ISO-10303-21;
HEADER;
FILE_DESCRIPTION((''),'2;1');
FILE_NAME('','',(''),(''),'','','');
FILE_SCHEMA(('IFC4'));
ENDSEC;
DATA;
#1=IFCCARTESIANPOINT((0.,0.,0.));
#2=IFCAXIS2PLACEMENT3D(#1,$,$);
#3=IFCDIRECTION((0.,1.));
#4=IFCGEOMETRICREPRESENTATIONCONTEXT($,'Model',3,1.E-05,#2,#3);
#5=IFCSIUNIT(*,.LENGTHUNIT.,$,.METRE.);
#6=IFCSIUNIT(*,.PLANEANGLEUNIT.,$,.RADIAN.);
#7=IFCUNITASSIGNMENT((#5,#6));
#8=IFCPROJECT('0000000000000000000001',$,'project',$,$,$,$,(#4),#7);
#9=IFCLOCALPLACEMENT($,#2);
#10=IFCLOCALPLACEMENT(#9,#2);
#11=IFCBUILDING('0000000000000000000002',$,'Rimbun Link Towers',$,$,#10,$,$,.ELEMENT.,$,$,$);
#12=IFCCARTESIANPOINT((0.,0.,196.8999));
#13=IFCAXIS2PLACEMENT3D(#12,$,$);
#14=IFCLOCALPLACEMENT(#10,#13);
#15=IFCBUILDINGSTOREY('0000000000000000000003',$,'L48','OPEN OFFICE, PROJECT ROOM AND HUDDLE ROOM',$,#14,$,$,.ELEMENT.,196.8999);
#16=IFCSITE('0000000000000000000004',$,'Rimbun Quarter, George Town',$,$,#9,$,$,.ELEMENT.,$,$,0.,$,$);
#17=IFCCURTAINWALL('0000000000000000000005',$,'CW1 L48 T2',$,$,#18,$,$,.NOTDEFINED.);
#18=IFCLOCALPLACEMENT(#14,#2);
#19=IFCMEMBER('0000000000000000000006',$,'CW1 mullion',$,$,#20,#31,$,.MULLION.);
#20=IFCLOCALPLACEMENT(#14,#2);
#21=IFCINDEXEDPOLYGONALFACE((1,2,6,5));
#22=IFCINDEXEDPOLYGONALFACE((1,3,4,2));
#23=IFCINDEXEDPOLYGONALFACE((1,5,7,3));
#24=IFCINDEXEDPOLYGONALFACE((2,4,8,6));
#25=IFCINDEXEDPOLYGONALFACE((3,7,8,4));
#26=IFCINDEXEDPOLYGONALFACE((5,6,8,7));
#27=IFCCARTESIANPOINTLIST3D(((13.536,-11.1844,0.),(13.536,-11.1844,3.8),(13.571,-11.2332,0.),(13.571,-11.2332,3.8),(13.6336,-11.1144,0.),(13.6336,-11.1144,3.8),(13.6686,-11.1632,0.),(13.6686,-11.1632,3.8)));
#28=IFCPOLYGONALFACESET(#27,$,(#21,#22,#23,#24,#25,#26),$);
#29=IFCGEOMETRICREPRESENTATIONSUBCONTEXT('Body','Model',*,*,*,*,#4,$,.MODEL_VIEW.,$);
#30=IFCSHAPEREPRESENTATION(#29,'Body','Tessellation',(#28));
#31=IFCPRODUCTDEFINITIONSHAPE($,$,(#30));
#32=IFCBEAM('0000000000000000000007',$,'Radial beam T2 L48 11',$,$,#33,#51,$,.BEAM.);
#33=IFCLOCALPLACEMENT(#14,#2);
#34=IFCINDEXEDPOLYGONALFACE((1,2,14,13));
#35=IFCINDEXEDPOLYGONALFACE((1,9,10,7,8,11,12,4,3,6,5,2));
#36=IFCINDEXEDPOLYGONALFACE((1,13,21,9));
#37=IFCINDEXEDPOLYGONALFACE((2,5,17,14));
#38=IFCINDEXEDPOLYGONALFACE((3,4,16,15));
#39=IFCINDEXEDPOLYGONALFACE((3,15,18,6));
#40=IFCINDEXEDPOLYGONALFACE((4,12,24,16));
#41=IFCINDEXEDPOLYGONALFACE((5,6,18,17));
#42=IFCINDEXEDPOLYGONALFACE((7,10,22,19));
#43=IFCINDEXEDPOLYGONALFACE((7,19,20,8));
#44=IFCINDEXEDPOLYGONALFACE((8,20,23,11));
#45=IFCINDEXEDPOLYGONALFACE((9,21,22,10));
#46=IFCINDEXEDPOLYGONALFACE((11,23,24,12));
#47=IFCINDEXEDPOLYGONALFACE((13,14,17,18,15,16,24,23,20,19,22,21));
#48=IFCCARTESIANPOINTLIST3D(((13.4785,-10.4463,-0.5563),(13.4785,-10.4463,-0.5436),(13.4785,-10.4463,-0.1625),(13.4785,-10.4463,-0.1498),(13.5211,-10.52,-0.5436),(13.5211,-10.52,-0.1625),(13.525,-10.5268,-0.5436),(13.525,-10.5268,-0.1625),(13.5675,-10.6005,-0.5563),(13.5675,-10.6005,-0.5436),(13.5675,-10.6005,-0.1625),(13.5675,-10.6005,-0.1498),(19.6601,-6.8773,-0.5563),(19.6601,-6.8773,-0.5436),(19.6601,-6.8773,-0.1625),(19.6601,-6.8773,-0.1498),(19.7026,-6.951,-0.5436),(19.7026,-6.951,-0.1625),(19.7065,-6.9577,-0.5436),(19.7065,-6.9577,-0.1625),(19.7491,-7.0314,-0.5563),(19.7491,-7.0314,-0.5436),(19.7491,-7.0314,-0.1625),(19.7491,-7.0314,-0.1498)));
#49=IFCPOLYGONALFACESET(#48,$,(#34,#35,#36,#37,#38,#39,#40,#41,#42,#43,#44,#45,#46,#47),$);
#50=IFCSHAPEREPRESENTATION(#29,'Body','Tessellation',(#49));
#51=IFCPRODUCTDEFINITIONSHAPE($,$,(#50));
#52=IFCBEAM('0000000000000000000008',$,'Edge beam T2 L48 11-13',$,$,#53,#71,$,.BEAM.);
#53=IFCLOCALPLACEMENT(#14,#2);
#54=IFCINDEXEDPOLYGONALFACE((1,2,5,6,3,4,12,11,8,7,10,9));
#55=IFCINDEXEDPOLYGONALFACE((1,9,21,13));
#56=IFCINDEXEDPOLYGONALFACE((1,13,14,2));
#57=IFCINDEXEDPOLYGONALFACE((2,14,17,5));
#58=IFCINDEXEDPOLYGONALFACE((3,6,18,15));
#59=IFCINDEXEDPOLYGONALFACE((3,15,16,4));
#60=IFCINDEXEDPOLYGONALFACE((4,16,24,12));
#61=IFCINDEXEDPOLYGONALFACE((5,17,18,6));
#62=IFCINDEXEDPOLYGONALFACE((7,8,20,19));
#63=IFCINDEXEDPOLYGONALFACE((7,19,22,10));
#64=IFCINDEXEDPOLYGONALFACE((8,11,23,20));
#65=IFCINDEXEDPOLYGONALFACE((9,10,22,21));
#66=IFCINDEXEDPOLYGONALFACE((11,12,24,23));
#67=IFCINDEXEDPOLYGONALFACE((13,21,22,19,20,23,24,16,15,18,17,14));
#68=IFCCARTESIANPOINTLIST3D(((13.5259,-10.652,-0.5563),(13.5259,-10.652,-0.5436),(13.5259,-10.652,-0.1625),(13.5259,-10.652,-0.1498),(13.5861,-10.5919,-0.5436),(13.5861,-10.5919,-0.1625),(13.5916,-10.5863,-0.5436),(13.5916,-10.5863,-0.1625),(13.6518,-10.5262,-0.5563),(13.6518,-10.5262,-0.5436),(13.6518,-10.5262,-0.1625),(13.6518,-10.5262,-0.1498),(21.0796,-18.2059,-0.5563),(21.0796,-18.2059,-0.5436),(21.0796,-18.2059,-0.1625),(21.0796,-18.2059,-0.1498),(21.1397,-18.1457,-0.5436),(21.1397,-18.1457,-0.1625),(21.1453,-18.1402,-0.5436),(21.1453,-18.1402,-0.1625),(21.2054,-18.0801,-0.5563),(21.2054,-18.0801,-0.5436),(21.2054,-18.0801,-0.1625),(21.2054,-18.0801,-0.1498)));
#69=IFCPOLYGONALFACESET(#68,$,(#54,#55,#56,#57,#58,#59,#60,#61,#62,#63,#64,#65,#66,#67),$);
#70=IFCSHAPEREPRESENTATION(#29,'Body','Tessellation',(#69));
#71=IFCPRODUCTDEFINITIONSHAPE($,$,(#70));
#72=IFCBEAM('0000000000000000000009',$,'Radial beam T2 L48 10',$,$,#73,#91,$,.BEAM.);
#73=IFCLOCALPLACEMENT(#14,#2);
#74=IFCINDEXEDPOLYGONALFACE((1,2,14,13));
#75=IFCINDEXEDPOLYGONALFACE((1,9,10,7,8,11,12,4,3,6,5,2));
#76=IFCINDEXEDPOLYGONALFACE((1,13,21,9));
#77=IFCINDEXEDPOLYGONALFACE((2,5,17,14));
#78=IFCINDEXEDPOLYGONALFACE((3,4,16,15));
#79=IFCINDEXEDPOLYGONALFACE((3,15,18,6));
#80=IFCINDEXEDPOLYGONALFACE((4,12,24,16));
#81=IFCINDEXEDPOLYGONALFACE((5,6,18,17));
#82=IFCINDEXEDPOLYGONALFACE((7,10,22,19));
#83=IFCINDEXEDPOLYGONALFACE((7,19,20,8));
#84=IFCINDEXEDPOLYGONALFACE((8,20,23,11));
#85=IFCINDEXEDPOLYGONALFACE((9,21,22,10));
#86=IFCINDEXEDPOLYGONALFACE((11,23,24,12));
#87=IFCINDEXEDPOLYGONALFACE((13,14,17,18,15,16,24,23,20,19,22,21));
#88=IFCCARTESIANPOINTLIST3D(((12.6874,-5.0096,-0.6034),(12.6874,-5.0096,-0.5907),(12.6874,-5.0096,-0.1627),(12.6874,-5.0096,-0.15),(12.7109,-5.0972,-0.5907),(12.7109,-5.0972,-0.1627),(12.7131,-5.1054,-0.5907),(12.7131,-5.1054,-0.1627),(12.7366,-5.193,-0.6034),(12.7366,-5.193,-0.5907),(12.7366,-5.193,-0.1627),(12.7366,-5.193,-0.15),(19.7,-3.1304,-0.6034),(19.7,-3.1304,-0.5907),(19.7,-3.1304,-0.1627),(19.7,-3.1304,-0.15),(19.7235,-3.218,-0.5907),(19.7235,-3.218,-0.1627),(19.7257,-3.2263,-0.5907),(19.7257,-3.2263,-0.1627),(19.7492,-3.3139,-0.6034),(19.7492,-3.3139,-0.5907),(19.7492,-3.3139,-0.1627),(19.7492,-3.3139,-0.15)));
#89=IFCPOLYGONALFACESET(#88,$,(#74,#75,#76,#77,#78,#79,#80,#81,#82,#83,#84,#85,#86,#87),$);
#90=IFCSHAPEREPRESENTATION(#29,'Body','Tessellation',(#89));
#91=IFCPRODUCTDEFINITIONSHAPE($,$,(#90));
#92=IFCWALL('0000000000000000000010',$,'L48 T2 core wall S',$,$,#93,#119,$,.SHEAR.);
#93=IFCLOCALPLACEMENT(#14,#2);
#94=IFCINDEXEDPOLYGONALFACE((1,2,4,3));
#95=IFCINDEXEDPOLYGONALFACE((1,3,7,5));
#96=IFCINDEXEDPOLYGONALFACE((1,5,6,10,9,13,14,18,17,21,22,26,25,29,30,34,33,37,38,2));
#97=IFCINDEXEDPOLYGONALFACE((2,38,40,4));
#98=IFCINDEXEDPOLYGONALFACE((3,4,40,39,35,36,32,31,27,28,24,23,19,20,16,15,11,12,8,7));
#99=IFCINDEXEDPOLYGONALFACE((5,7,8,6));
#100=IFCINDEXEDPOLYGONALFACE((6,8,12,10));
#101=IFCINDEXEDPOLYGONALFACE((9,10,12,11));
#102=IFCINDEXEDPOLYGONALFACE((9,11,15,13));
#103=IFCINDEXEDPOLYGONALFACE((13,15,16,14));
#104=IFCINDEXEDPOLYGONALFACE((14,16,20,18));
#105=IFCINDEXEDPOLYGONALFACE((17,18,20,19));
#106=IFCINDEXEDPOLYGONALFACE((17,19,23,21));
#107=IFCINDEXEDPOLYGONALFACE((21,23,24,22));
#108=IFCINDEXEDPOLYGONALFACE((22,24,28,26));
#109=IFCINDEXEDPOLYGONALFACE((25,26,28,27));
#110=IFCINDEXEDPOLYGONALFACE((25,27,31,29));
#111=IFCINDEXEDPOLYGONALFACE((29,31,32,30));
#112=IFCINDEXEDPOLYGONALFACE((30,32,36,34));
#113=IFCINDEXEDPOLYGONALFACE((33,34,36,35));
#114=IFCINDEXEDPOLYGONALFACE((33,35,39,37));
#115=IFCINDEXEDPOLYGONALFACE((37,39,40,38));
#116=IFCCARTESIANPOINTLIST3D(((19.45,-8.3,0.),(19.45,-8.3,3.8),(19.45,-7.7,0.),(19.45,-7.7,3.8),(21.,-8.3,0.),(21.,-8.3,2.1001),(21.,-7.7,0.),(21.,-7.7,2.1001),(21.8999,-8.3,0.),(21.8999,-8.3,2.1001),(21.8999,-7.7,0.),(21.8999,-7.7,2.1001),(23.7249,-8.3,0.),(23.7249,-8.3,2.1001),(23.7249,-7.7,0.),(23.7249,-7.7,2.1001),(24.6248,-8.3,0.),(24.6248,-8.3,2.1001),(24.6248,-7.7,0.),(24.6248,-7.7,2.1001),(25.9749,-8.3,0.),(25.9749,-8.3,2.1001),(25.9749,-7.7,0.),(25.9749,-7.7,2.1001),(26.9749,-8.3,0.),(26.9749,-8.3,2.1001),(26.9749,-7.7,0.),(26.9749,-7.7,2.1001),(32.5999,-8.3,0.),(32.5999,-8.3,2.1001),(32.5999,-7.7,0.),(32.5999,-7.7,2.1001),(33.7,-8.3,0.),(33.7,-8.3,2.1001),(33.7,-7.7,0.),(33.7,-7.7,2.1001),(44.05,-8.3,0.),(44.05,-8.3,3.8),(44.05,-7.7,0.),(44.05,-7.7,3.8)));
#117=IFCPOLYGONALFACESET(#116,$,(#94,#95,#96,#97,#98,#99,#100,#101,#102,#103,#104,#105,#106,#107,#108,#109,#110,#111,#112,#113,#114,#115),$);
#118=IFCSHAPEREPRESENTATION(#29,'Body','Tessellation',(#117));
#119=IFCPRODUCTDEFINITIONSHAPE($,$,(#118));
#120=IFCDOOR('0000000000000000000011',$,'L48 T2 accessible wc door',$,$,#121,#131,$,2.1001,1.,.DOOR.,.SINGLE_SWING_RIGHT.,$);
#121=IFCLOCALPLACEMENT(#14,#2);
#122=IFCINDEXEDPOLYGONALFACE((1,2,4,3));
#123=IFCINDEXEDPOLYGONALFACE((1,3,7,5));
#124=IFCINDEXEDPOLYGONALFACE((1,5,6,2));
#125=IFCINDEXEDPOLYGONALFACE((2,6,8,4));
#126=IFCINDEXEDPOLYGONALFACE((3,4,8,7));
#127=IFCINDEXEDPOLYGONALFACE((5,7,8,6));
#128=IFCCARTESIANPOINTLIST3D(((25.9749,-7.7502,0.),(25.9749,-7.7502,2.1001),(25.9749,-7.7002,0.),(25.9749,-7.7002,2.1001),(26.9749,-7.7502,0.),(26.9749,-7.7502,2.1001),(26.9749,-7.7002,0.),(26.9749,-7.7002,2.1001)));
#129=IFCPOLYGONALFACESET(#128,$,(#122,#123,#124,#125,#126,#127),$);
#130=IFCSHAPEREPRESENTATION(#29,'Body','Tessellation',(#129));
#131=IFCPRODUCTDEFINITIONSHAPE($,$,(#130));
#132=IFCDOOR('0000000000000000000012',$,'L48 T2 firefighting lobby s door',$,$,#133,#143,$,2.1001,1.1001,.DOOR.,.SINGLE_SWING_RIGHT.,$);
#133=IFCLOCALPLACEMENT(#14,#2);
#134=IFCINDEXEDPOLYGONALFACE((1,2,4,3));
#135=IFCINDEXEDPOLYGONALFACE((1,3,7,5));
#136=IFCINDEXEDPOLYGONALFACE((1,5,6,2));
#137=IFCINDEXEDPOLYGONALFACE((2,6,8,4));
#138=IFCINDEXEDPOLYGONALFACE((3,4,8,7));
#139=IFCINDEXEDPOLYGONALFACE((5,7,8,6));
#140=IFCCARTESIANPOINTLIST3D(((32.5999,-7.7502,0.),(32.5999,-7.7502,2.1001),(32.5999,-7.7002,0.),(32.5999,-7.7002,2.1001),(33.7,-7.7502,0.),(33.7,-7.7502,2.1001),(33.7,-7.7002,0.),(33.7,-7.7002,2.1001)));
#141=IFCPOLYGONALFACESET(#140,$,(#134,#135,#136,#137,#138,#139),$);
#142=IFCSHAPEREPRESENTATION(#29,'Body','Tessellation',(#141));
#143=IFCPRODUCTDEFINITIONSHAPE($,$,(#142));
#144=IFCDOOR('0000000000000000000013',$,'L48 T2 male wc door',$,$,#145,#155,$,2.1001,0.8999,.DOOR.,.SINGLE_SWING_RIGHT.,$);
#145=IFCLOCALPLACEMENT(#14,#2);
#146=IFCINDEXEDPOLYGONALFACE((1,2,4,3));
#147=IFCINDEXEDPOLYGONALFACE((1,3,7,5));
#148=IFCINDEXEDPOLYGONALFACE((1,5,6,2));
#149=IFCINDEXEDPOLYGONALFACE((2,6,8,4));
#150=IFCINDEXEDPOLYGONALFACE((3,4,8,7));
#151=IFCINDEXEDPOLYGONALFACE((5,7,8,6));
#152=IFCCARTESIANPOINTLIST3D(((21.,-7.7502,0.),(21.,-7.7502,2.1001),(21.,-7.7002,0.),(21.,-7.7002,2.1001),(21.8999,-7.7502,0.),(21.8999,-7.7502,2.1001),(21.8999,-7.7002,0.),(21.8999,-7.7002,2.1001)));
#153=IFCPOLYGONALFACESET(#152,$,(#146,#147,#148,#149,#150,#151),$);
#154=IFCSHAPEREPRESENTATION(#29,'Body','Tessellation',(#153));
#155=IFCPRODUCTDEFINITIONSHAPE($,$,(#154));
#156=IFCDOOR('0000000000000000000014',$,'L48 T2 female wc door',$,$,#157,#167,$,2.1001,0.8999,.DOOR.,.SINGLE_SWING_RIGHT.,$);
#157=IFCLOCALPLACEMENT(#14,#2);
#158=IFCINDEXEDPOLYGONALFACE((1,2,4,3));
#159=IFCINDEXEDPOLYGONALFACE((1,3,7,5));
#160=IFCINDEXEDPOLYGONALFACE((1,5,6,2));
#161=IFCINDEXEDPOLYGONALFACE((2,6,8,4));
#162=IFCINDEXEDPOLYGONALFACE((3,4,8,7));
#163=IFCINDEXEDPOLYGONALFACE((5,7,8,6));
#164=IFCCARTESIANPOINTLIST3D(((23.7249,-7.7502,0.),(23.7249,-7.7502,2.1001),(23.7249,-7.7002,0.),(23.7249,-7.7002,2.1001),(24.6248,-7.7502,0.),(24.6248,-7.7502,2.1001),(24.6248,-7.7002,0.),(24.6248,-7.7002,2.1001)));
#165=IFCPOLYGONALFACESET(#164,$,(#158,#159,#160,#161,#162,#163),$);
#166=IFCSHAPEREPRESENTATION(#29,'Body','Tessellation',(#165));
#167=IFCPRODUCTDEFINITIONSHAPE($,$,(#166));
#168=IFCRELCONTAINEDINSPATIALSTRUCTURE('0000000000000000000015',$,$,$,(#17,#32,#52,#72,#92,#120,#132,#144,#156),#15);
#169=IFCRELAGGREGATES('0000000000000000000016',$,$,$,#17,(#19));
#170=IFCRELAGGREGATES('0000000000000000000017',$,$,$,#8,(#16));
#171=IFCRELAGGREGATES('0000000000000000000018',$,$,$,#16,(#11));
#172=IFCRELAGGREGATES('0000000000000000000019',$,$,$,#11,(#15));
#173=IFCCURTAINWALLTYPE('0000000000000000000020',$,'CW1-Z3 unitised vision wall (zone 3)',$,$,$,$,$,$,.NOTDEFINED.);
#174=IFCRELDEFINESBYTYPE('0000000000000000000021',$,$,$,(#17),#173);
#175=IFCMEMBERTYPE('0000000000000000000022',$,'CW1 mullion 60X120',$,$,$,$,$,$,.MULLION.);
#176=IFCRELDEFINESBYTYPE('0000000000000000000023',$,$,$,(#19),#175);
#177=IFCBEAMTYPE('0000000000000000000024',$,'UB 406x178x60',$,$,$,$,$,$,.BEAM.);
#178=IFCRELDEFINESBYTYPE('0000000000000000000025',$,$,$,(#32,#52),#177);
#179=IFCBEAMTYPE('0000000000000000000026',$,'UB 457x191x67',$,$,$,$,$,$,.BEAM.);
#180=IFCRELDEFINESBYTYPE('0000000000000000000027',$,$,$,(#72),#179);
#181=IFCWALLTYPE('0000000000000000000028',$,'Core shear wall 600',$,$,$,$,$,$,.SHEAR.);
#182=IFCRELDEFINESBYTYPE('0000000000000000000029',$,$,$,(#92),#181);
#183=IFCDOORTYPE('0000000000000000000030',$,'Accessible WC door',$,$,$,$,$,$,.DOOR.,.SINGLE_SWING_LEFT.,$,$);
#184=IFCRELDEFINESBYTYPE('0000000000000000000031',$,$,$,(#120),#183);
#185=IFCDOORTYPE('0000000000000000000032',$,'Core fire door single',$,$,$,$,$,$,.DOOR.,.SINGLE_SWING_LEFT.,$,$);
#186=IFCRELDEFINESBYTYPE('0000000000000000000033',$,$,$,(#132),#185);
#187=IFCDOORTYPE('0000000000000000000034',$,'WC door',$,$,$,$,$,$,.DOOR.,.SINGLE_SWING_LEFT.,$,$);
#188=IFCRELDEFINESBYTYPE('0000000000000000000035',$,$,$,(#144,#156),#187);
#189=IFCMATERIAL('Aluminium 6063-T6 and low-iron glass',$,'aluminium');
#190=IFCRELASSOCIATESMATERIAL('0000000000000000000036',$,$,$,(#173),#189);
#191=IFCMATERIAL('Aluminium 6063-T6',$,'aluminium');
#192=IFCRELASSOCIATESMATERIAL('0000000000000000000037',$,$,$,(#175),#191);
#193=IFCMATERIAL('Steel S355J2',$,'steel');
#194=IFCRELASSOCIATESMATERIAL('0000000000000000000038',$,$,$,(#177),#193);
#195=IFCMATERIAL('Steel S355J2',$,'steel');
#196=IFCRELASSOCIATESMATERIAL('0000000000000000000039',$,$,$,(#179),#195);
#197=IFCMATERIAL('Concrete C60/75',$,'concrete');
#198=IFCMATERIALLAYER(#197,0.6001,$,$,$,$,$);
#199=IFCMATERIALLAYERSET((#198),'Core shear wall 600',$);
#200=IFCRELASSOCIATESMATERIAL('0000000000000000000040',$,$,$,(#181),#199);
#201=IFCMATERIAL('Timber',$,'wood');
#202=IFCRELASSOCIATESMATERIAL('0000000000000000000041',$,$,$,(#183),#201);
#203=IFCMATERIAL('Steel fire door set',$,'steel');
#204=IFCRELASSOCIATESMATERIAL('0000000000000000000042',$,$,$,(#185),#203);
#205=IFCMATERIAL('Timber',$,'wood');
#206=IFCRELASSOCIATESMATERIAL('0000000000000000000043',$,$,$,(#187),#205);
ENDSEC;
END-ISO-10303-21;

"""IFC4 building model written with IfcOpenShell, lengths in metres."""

from ifc_helpers import new_model, si_unit, direction, frame, frame_2d, origin, origin_2d, place, context, subcontext, project, spatial, rectangle, i_section, extrude, material, layer, layer_set, material_profile, profile_set, type_object, element, fill, aggregate, save


model = new_model("IFC4")

# Units and contexts
model_context = context("Model", 3, precision=1e-05, world=origin(), true_north=direction((0.0, 1.0)))
body_context = subcontext(model_context, "Body", "Model", "MODEL_VIEW")
ifc_project = project(units=[si_unit("LENGTHUNIT", "METRE"), si_unit("PLANEANGLEUNIT", "RADIAN")], contexts=[model_context])

# Site, building, storey
site_placement = place(None, origin())
site = spatial("IfcSite", under=ifc_project, at=site_placement, Name="Rimbun Quarter, George Town", CompositionType="ELEMENT", RefElevation=0.0)
building_placement = place(site_placement, origin())
building = spatial("IfcBuilding", under=site, at=building_placement, Name="Rimbun Link Towers", CompositionType="ELEMENT")
storey_placement = place(building_placement, frame((0.0, 0.0, 196.8999)))
storey = spatial("IfcBuildingStorey", under=building, at=storey_placement, Name="L48", Description="OPEN OFFICE, PROJECT ROOM AND HUDDLE ROOM", CompositionType="ELEMENT", Elevation=196.8999)

# Curtain wall, member
ifc_material_1 = material(Name="Aluminium 6063-T6 and low-iron glass", Category="aluminium")
curtain_wall_type = type_object("IfcCurtainWallType", Name="CW1-Z3 unitised vision wall (zone 3)", PredefinedType="NOTDEFINED", material=ifc_material_1)
curtain_wall_placement = place(storey_placement, origin())
curtain_wall = element("IfcCurtainWall", 1, at=curtain_wall_placement, inside=storey, type_object=curtain_wall_type, Name="CW1 L48 T2", PredefinedType="NOTDEFINED")
ifc_material_2 = material(Name="Aluminium 6063-T6", Category="aluminium")
ifc_material_profile_1 = material_profile(ifc_material_2, rectangle(XDim=0.1201, YDim=0.0601, at=origin_2d()), Name="MULLION 60X120")
ifc_profile_set_1 = profile_set([ifc_material_profile_1], Name="Aluminium 6063-T6")
member_type = type_object("IfcMemberType", Name="CW1 mullion 60X120", PredefinedType="MULLION", material=ifc_profile_set_1)
member_placement = place(storey_placement, frame((13.6023, -11.1738, 0.0), z_axis=(0.0, 0.0, 1.0), x_axis=(-0.812465, -0.583009, 0.0)))
member = element("IfcMember", 2, at=member_placement, type_object=member_type, Name="CW1 mullion", PredefinedType="MULLION", context=body_context, shape_type="SweptSolid", body=[
    extrude(rectangle(XDim=0.1201, YDim=0.0601, at=origin_2d()), origin(), (0.0, 0.0, 1.0), 3.8),
])
aggregate(curtain_wall, [member])

# Beams
ifc_material_3 = material(Name="Steel S355J2", Category="steel")
ifc_material_profile_2 = material_profile(ifc_material_3, i_section(OverallWidth=0.178, OverallDepth=0.4065, WebThickness=0.0078, FlangeThickness=0.0127, at=origin_2d()), Name="UB 406x178x60")
ifc_profile_set_2 = profile_set([ifc_material_profile_2], Name="Steel S355J2")
beam_type_1 = type_object("IfcBeamType", Name="UB 406x178x60", PredefinedType="BEAM", material=ifc_profile_set_2)
beam_1_placement = place(storey_placement, frame((19.7046, -6.9543, -0.353), z_axis=(-0.866018, -0.500013, 0.0), x_axis=(0.500013, -0.866018, 0.0)))
element("IfcBeam", 3, at=beam_1_placement, inside=storey, type_object=beam_type_1, Name="Radial beam T2 L48 11", PredefinedType="BEAM", context=body_context, shape_type="SweptSolid", body=[
    extrude(i_section(OverallWidth=0.178, OverallDepth=0.4065, WebThickness=0.0078, FlangeThickness=0.0127, at=origin_2d()), origin(), (0.0, 0.0, 1.0), 7.1379),
])
beam_2_placement = place(storey_placement, frame((13.5889, -10.5891, -0.353), z_axis=(0.707095, -0.707118, 0.0), x_axis=(0.707118, 0.707095, 0.0)))
element("IfcBeam", 4, at=beam_2_placement, inside=storey, type_object=beam_type_1, Name="Edge beam T2 L48 11-13", PredefinedType="BEAM", context=body_context, shape_type="SweptSolid", body=[
    extrude(i_section(OverallWidth=0.178, OverallDepth=0.4065, WebThickness=0.0078, FlangeThickness=0.0127, at=origin_2d()), origin(), (0.0, 0.0, 1.0), 10.6826),
])
ifc_material_4 = material(Name="Steel S355J2", Category="steel")
ifc_material_profile_3 = material_profile(ifc_material_4, i_section(OverallWidth=0.1899, OverallDepth=0.4534, WebThickness=0.0085, FlangeThickness=0.0127, at=origin_2d()), Name="UB 457x191x67")
ifc_profile_set_3 = profile_set([ifc_material_profile_3], Name="Steel S355J2")
beam_type_2 = type_object("IfcBeamType", Name="UB 457x191x67", PredefinedType="BEAM", material=ifc_profile_set_3)
beam_3_placement = place(storey_placement, frame((19.7246, -3.2222, -0.3767), z_axis=(-0.965922, -0.258832, 0.0), x_axis=(0.258832, -0.965922, 0.0)))
element("IfcBeam", 5, at=beam_3_placement, inside=storey, type_object=beam_type_2, Name="Radial beam T2 L48 10", PredefinedType="BEAM", context=body_context, shape_type="SweptSolid", body=[
    extrude(i_section(OverallWidth=0.1899, OverallDepth=0.4534, WebThickness=0.0085, FlangeThickness=0.0127, at=origin_2d()), origin(), (0.0, 0.0, 1.0), 7.26),
])

# Wall, openings, doors
ifc_material_5 = material(Name="Concrete C60/75", Category="concrete")
ifc_layer_1 = layer(ifc_material_5, 0.6001)
ifc_layer_set_1 = layer_set([ifc_layer_1], Name="Core shear wall 600")
wall_type_1 = type_object("IfcWallType", Name="Core shear wall 600", PredefinedType="SHEAR", material=ifc_layer_set_1)
wall_1_placement = place(storey_placement, frame((19.45, -8.0, 0.0), z_axis=(0.0, 0.0, 1.0), x_axis=(1.0, 0.0, 0.0)))
wall_1 = element("IfcWall", 6, at=wall_1_placement, inside=storey, type_object=wall_type_1, Name="L48 T2 core wall S", PredefinedType="SHEAR", context=body_context, shape_type="SweptSolid", body=[
    extrude(rectangle(XDim=24.6001, YDim=0.6001, at=frame_2d((12.3, 0.0))), origin(), (0.0, 0.0, 1.0), 3.8),
])
opening_1_placement = place(wall_1_placement, frame((13.1499, 0.0, 0.0)))
opening_1 = element("IfcOpeningElement", 7, at=opening_1_placement, cuts=wall_1, PredefinedType="OPENING", context=body_context, shape_type="SweptSolid", body=[
    extrude(rectangle(XDim=1.1001, YDim=2.1001, at=frame_2d((0.55, 1.05))), frame((0.0, 0.3101, 0.0), z_axis=(0.0, -1.0, 0.0), x_axis=(1.0, 0.0, 0.0)), (0.0, 0.0, 1.0), 0.6201),
])
opening_2_placement = place(wall_1_placement, frame((1.55, 0.0, 0.0)))
opening_2 = element("IfcOpeningElement", 8, at=opening_2_placement, cuts=wall_1, PredefinedType="OPENING", context=body_context, shape_type="SweptSolid", body=[
    extrude(rectangle(XDim=0.8999, YDim=2.1001, at=frame_2d((0.45, 1.05))), frame((0.0, 0.3101, 0.0), z_axis=(0.0, -1.0, 0.0), x_axis=(1.0, 0.0, 0.0)), (0.0, 0.0, 1.0), 0.6201),
])
opening_3_placement = place(wall_1_placement, frame((4.2749, 0.0, 0.0)))
opening_3 = element("IfcOpeningElement", 9, at=opening_3_placement, cuts=wall_1, PredefinedType="OPENING", context=body_context, shape_type="SweptSolid", body=[
    extrude(rectangle(XDim=0.8999, YDim=2.1001, at=frame_2d((0.45, 1.05))), frame((0.0, 0.3101, 0.0), z_axis=(0.0, -1.0, 0.0), x_axis=(1.0, 0.0, 0.0)), (0.0, 0.0, 1.0), 0.6201),
])
opening_4_placement = place(wall_1_placement, frame((6.5249, 0.0, 0.0)))
opening_4 = element("IfcOpeningElement", 10, at=opening_4_placement, cuts=wall_1, PredefinedType="OPENING", context=body_context, shape_type="SweptSolid", body=[
    extrude(rectangle(XDim=1.0, YDim=2.1001, at=frame_2d((0.5, 1.05))), frame((0.0, 0.3101, 0.0), z_axis=(0.0, -1.0, 0.0), x_axis=(1.0, 0.0, 0.0)), (0.0, 0.0, 1.0), 0.6201),
])
ifc_material_6 = material(Name="Timber", Category="wood")
door_type_1 = type_object("IfcDoorType", Name="Accessible WC door", OperationType="SINGLE_SWING_LEFT", PredefinedType="DOOR", material=ifc_material_6)
door_1_placement = place(opening_4_placement, origin())
door_1 = element("IfcDoor", 11, at=door_1_placement, inside=storey, type_object=door_type_1, Name="L48 T2 accessible wc door", OperationType="SINGLE_SWING_RIGHT", OverallHeight=2.1001, OverallWidth=1.0, PredefinedType="DOOR", context=body_context, shape_type="SweptSolid", body=[
    extrude(rectangle(XDim=1.0, YDim=2.1001, at=frame_2d((0.5, 1.05))), frame((0.0, 0.2998, 0.0), z_axis=(0.0, -1.0, 0.0), x_axis=(1.0, 0.0, 0.0)), (0.0, 0.0, 1.0), 0.05),
])
fill(opening_4, door_1)
ifc_material_7 = material(Name="Steel fire door set", Category="steel")
door_type_2 = type_object("IfcDoorType", Name="Core fire door single", OperationType="SINGLE_SWING_LEFT", PredefinedType="DOOR", material=ifc_material_7)
door_2_placement = place(opening_1_placement, origin())
door_2 = element("IfcDoor", 12, at=door_2_placement, inside=storey, type_object=door_type_2, Name="L48 T2 firefighting lobby s door", OperationType="SINGLE_SWING_RIGHT", OverallHeight=2.1001, OverallWidth=1.1001, PredefinedType="DOOR", context=body_context, shape_type="SweptSolid", body=[
    extrude(rectangle(XDim=1.1001, YDim=2.1001, at=frame_2d((0.55, 1.05))), frame((0.0, 0.2998, 0.0), z_axis=(0.0, -1.0, 0.0), x_axis=(1.0, 0.0, 0.0)), (0.0, 0.0, 1.0), 0.05),
])
fill(opening_1, door_2)
ifc_material_8 = material(Name="Timber", Category="wood")
door_type_3 = type_object("IfcDoorType", Name="WC door", OperationType="SINGLE_SWING_LEFT", PredefinedType="DOOR", material=ifc_material_8)
door_3_placement = place(opening_2_placement, origin())
door_3 = element("IfcDoor", 13, at=door_3_placement, inside=storey, type_object=door_type_3, Name="L48 T2 male wc door", OperationType="SINGLE_SWING_RIGHT", OverallHeight=2.1001, OverallWidth=0.8999, PredefinedType="DOOR", context=body_context, shape_type="SweptSolid", body=[
    extrude(rectangle(XDim=0.8999, YDim=2.1001, at=frame_2d((0.45, 1.05))), frame((0.0, 0.2998, 0.0), z_axis=(0.0, -1.0, 0.0), x_axis=(1.0, 0.0, 0.0)), (0.0, 0.0, 1.0), 0.05),
])
fill(opening_2, door_3)
door_4_placement = place(opening_3_placement, origin())
door_4 = element("IfcDoor", 14, at=door_4_placement, inside=storey, type_object=door_type_3, Name="L48 T2 female wc door", OperationType="SINGLE_SWING_RIGHT", OverallHeight=2.1001, OverallWidth=0.8999, PredefinedType="DOOR", context=body_context, shape_type="SweptSolid", body=[
    extrude(rectangle(XDim=0.8999, YDim=2.1001, at=frame_2d((0.45, 1.05))), frame((0.0, 0.2998, 0.0), z_axis=(0.0, -1.0, 0.0), x_axis=(1.0, 0.0, 0.0)), (0.0, 0.0, 1.0), 0.05),
])
fill(opening_3, door_4)

save(model, "model.ifc")
